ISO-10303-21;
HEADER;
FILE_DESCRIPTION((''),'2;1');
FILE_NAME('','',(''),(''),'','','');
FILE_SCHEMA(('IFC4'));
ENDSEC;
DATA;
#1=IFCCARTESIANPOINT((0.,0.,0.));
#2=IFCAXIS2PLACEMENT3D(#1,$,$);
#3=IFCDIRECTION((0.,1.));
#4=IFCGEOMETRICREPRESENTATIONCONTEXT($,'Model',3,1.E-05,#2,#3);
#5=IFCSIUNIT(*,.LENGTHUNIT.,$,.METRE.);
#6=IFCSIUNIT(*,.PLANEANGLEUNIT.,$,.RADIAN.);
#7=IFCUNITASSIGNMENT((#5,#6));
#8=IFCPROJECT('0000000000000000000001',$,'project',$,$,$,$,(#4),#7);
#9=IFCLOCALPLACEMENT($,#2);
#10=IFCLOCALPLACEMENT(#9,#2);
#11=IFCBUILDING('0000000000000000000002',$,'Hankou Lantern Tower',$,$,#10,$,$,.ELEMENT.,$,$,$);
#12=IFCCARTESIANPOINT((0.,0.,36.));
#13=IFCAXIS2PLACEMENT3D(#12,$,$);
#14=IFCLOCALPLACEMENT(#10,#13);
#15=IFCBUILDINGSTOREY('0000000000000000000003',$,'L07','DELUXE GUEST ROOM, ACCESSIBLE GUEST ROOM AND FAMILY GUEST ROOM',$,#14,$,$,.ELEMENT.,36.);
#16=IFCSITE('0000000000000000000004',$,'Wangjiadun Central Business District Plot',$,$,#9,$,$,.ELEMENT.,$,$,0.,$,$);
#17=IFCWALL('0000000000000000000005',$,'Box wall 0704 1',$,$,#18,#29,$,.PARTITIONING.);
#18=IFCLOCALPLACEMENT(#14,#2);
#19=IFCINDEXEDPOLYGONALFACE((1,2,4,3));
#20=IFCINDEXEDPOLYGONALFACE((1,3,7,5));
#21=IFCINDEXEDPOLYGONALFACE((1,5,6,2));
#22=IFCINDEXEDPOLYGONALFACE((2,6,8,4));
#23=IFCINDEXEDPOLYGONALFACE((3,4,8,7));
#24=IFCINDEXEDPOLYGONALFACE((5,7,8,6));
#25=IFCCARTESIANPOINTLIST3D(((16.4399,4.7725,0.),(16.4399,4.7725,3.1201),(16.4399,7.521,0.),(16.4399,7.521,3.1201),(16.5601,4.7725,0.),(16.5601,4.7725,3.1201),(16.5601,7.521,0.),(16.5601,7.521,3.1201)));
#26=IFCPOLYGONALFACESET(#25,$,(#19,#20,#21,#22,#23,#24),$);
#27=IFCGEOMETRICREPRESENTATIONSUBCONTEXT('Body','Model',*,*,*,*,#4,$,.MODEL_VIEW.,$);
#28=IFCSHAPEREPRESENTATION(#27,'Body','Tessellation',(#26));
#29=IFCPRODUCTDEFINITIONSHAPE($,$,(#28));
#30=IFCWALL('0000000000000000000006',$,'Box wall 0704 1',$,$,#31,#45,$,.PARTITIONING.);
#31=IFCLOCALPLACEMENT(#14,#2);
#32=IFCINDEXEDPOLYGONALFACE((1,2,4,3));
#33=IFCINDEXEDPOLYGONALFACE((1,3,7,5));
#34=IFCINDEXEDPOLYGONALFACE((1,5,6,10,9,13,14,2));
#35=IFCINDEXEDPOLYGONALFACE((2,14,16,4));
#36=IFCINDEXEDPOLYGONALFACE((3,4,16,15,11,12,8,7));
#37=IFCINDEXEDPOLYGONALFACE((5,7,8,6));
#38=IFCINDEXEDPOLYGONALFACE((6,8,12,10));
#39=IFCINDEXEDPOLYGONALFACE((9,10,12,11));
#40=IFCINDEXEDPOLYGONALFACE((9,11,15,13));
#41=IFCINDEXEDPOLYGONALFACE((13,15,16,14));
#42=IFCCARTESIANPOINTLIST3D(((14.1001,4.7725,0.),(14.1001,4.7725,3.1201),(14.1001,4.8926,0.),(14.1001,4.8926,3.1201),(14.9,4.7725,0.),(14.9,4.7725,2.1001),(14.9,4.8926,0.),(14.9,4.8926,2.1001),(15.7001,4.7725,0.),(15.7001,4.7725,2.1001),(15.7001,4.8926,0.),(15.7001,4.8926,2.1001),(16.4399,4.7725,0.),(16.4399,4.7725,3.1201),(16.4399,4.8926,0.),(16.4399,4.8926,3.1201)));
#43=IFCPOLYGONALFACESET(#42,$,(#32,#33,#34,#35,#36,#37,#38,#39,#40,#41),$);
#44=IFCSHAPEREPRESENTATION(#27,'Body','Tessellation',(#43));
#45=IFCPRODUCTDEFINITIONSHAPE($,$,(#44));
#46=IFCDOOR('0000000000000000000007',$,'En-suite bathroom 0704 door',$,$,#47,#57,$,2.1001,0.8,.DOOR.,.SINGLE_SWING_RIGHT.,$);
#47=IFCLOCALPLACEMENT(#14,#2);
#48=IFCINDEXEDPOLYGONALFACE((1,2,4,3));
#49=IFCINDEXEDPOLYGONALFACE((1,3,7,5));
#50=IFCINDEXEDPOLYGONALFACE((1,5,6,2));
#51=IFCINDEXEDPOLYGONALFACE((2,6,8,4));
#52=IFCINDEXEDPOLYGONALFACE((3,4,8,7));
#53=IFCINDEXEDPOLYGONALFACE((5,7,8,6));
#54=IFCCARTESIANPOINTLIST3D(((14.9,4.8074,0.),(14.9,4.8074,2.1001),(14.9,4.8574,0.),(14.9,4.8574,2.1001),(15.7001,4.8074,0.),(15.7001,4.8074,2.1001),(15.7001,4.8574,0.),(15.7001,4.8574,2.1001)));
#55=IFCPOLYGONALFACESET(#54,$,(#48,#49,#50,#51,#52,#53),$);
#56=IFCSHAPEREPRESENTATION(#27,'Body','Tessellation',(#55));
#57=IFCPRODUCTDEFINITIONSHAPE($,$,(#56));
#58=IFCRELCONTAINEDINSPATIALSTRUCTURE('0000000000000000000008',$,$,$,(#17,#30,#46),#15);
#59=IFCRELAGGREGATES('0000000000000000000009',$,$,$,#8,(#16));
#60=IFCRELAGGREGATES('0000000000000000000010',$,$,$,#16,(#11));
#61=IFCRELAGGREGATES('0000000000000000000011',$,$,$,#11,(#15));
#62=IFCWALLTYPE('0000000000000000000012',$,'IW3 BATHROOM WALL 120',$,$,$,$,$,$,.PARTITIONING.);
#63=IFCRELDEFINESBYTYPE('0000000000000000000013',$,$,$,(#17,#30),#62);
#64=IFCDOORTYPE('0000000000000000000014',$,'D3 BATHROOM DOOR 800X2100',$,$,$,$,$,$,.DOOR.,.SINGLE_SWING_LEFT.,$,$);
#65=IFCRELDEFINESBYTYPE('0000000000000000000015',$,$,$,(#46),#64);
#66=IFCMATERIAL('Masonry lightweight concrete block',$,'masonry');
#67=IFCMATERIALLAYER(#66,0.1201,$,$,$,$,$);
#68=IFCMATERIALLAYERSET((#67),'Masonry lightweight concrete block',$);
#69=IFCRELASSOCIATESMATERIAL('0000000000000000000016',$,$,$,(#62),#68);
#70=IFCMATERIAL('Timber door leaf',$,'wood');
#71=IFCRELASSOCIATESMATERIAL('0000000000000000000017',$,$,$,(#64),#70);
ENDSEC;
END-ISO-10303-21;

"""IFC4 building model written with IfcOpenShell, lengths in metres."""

from ifc_helpers import new_model, si_unit, direction, frame, frame_2d, origin, place, context, subcontext, project, spatial, rectangle, extrude, material, layer, layer_set, type_object, element, fill, save


model = new_model("IFC4")

# Units and contexts
model_context = context("Model", 3, precision=1e-05, world=origin(), true_north=direction((0.0, 1.0)))
body_context = subcontext(model_context, "Body", "Model", "MODEL_VIEW")
ifc_project = project(units=[si_unit("LENGTHUNIT", "METRE"), si_unit("PLANEANGLEUNIT", "RADIAN")], contexts=[model_context])

# Site, building, storey
site_placement = place(None, origin())
site = spatial("IfcSite", under=ifc_project, at=site_placement, Name="Wangjiadun Central Business District Plot", CompositionType="ELEMENT", RefElevation=0.0)
building_placement = place(site_placement, origin())
building = spatial("IfcBuilding", under=site, at=building_placement, Name="Hankou Lantern Tower", CompositionType="ELEMENT")
storey_placement = place(building_placement, frame((0.0, 0.0, 36.0)))
storey = spatial("IfcBuildingStorey", under=building, at=storey_placement, Name="L07", Description="DELUXE GUEST ROOM, ACCESSIBLE GUEST ROOM AND FAMILY GUEST ROOM", CompositionType="ELEMENT", Elevation=36.0)

# Shared definitions
ifc_material_1 = material(Name="Masonry lightweight concrete block", Category="masonry")
ifc_layer_1 = layer(ifc_material_1, 0.1201)
ifc_layer_set_1 = layer_set([ifc_layer_1], Name="Masonry lightweight concrete block")
wall_type_1 = type_object("IfcWallType", Name="IW3 BATHROOM WALL 120", PredefinedType="PARTITIONING", material=ifc_layer_set_1)

# Wall
wall_1_placement = place(storey_placement, frame((16.5, 7.521, 0.0), z_axis=(0.0, 0.0, 1.0), x_axis=(0.0, -1.0, 0.0)))
element("IfcWall", 1, at=wall_1_placement, inside=storey, type_object=wall_type_1, Name="Box wall 0704 1", PredefinedType="PARTITIONING", context=body_context, shape_type="SweptSolid", body=[
    extrude(rectangle(XDim=2.7485, YDim=0.1201, at=frame_2d((1.3743, 0.0))), origin(), (0.0, 0.0, 1.0), 3.1201),
])

# Wall, opening, door
wall_2_placement = place(storey_placement, frame((14.1001, 4.8325, 0.0), z_axis=(0.0, 0.0, 1.0), x_axis=(1.0, 0.0, 0.0)))
wall_2 = element("IfcWall", 2, at=wall_2_placement, inside=storey, type_object=wall_type_1, Name="Box wall 0704 1", PredefinedType="PARTITIONING", context=body_context, shape_type="SweptSolid", body=[
    extrude(rectangle(XDim=2.3398, YDim=0.1201, at=frame_2d((1.1699, 0.0))), origin(), (0.0, 0.0, 1.0), 3.1201),
])
opening_1_placement = place(wall_2_placement, frame((0.8, 0.0, 0.0)))
opening_1 = element("IfcOpeningElement", 3, at=opening_1_placement, cuts=wall_2, PredefinedType="OPENING", context=body_context, shape_type="SweptSolid", body=[
    extrude(rectangle(XDim=0.8, YDim=2.1001, at=frame_2d((0.3999, 1.05))), frame((0.0, 0.0701, 0.0), z_axis=(0.0, -1.0, 0.0), x_axis=(1.0, 0.0, 0.0)), (0.0, 0.0, 1.0), 0.1401),
])
ifc_material_2 = material(Name="Timber door leaf", Category="wood")
door_type_1 = type_object("IfcDoorType", Name="D3 BATHROOM DOOR 800X2100", OperationType="SINGLE_SWING_LEFT", PredefinedType="DOOR", material=ifc_material_2)
door_1_placement = place(opening_1_placement, origin())
door_1 = element("IfcDoor", 4, at=door_1_placement, inside=storey, type_object=door_type_1, Name="En-suite bathroom 0704 door", OperationType="SINGLE_SWING_RIGHT", OverallHeight=2.1001, OverallWidth=0.8, PredefinedType="DOOR", context=body_context, shape_type="SweptSolid", body=[
    extrude(rectangle(XDim=0.8, YDim=2.1001, at=frame_2d((0.3999, 1.05))), frame((0.0, 0.0249, 0.0), z_axis=(0.0, -1.0, 0.0), x_axis=(1.0, 0.0, 0.0)), (0.0, 0.0, 1.0), 0.05),
])
fill(opening_1, door_1)

save(model, "model.ifc")
